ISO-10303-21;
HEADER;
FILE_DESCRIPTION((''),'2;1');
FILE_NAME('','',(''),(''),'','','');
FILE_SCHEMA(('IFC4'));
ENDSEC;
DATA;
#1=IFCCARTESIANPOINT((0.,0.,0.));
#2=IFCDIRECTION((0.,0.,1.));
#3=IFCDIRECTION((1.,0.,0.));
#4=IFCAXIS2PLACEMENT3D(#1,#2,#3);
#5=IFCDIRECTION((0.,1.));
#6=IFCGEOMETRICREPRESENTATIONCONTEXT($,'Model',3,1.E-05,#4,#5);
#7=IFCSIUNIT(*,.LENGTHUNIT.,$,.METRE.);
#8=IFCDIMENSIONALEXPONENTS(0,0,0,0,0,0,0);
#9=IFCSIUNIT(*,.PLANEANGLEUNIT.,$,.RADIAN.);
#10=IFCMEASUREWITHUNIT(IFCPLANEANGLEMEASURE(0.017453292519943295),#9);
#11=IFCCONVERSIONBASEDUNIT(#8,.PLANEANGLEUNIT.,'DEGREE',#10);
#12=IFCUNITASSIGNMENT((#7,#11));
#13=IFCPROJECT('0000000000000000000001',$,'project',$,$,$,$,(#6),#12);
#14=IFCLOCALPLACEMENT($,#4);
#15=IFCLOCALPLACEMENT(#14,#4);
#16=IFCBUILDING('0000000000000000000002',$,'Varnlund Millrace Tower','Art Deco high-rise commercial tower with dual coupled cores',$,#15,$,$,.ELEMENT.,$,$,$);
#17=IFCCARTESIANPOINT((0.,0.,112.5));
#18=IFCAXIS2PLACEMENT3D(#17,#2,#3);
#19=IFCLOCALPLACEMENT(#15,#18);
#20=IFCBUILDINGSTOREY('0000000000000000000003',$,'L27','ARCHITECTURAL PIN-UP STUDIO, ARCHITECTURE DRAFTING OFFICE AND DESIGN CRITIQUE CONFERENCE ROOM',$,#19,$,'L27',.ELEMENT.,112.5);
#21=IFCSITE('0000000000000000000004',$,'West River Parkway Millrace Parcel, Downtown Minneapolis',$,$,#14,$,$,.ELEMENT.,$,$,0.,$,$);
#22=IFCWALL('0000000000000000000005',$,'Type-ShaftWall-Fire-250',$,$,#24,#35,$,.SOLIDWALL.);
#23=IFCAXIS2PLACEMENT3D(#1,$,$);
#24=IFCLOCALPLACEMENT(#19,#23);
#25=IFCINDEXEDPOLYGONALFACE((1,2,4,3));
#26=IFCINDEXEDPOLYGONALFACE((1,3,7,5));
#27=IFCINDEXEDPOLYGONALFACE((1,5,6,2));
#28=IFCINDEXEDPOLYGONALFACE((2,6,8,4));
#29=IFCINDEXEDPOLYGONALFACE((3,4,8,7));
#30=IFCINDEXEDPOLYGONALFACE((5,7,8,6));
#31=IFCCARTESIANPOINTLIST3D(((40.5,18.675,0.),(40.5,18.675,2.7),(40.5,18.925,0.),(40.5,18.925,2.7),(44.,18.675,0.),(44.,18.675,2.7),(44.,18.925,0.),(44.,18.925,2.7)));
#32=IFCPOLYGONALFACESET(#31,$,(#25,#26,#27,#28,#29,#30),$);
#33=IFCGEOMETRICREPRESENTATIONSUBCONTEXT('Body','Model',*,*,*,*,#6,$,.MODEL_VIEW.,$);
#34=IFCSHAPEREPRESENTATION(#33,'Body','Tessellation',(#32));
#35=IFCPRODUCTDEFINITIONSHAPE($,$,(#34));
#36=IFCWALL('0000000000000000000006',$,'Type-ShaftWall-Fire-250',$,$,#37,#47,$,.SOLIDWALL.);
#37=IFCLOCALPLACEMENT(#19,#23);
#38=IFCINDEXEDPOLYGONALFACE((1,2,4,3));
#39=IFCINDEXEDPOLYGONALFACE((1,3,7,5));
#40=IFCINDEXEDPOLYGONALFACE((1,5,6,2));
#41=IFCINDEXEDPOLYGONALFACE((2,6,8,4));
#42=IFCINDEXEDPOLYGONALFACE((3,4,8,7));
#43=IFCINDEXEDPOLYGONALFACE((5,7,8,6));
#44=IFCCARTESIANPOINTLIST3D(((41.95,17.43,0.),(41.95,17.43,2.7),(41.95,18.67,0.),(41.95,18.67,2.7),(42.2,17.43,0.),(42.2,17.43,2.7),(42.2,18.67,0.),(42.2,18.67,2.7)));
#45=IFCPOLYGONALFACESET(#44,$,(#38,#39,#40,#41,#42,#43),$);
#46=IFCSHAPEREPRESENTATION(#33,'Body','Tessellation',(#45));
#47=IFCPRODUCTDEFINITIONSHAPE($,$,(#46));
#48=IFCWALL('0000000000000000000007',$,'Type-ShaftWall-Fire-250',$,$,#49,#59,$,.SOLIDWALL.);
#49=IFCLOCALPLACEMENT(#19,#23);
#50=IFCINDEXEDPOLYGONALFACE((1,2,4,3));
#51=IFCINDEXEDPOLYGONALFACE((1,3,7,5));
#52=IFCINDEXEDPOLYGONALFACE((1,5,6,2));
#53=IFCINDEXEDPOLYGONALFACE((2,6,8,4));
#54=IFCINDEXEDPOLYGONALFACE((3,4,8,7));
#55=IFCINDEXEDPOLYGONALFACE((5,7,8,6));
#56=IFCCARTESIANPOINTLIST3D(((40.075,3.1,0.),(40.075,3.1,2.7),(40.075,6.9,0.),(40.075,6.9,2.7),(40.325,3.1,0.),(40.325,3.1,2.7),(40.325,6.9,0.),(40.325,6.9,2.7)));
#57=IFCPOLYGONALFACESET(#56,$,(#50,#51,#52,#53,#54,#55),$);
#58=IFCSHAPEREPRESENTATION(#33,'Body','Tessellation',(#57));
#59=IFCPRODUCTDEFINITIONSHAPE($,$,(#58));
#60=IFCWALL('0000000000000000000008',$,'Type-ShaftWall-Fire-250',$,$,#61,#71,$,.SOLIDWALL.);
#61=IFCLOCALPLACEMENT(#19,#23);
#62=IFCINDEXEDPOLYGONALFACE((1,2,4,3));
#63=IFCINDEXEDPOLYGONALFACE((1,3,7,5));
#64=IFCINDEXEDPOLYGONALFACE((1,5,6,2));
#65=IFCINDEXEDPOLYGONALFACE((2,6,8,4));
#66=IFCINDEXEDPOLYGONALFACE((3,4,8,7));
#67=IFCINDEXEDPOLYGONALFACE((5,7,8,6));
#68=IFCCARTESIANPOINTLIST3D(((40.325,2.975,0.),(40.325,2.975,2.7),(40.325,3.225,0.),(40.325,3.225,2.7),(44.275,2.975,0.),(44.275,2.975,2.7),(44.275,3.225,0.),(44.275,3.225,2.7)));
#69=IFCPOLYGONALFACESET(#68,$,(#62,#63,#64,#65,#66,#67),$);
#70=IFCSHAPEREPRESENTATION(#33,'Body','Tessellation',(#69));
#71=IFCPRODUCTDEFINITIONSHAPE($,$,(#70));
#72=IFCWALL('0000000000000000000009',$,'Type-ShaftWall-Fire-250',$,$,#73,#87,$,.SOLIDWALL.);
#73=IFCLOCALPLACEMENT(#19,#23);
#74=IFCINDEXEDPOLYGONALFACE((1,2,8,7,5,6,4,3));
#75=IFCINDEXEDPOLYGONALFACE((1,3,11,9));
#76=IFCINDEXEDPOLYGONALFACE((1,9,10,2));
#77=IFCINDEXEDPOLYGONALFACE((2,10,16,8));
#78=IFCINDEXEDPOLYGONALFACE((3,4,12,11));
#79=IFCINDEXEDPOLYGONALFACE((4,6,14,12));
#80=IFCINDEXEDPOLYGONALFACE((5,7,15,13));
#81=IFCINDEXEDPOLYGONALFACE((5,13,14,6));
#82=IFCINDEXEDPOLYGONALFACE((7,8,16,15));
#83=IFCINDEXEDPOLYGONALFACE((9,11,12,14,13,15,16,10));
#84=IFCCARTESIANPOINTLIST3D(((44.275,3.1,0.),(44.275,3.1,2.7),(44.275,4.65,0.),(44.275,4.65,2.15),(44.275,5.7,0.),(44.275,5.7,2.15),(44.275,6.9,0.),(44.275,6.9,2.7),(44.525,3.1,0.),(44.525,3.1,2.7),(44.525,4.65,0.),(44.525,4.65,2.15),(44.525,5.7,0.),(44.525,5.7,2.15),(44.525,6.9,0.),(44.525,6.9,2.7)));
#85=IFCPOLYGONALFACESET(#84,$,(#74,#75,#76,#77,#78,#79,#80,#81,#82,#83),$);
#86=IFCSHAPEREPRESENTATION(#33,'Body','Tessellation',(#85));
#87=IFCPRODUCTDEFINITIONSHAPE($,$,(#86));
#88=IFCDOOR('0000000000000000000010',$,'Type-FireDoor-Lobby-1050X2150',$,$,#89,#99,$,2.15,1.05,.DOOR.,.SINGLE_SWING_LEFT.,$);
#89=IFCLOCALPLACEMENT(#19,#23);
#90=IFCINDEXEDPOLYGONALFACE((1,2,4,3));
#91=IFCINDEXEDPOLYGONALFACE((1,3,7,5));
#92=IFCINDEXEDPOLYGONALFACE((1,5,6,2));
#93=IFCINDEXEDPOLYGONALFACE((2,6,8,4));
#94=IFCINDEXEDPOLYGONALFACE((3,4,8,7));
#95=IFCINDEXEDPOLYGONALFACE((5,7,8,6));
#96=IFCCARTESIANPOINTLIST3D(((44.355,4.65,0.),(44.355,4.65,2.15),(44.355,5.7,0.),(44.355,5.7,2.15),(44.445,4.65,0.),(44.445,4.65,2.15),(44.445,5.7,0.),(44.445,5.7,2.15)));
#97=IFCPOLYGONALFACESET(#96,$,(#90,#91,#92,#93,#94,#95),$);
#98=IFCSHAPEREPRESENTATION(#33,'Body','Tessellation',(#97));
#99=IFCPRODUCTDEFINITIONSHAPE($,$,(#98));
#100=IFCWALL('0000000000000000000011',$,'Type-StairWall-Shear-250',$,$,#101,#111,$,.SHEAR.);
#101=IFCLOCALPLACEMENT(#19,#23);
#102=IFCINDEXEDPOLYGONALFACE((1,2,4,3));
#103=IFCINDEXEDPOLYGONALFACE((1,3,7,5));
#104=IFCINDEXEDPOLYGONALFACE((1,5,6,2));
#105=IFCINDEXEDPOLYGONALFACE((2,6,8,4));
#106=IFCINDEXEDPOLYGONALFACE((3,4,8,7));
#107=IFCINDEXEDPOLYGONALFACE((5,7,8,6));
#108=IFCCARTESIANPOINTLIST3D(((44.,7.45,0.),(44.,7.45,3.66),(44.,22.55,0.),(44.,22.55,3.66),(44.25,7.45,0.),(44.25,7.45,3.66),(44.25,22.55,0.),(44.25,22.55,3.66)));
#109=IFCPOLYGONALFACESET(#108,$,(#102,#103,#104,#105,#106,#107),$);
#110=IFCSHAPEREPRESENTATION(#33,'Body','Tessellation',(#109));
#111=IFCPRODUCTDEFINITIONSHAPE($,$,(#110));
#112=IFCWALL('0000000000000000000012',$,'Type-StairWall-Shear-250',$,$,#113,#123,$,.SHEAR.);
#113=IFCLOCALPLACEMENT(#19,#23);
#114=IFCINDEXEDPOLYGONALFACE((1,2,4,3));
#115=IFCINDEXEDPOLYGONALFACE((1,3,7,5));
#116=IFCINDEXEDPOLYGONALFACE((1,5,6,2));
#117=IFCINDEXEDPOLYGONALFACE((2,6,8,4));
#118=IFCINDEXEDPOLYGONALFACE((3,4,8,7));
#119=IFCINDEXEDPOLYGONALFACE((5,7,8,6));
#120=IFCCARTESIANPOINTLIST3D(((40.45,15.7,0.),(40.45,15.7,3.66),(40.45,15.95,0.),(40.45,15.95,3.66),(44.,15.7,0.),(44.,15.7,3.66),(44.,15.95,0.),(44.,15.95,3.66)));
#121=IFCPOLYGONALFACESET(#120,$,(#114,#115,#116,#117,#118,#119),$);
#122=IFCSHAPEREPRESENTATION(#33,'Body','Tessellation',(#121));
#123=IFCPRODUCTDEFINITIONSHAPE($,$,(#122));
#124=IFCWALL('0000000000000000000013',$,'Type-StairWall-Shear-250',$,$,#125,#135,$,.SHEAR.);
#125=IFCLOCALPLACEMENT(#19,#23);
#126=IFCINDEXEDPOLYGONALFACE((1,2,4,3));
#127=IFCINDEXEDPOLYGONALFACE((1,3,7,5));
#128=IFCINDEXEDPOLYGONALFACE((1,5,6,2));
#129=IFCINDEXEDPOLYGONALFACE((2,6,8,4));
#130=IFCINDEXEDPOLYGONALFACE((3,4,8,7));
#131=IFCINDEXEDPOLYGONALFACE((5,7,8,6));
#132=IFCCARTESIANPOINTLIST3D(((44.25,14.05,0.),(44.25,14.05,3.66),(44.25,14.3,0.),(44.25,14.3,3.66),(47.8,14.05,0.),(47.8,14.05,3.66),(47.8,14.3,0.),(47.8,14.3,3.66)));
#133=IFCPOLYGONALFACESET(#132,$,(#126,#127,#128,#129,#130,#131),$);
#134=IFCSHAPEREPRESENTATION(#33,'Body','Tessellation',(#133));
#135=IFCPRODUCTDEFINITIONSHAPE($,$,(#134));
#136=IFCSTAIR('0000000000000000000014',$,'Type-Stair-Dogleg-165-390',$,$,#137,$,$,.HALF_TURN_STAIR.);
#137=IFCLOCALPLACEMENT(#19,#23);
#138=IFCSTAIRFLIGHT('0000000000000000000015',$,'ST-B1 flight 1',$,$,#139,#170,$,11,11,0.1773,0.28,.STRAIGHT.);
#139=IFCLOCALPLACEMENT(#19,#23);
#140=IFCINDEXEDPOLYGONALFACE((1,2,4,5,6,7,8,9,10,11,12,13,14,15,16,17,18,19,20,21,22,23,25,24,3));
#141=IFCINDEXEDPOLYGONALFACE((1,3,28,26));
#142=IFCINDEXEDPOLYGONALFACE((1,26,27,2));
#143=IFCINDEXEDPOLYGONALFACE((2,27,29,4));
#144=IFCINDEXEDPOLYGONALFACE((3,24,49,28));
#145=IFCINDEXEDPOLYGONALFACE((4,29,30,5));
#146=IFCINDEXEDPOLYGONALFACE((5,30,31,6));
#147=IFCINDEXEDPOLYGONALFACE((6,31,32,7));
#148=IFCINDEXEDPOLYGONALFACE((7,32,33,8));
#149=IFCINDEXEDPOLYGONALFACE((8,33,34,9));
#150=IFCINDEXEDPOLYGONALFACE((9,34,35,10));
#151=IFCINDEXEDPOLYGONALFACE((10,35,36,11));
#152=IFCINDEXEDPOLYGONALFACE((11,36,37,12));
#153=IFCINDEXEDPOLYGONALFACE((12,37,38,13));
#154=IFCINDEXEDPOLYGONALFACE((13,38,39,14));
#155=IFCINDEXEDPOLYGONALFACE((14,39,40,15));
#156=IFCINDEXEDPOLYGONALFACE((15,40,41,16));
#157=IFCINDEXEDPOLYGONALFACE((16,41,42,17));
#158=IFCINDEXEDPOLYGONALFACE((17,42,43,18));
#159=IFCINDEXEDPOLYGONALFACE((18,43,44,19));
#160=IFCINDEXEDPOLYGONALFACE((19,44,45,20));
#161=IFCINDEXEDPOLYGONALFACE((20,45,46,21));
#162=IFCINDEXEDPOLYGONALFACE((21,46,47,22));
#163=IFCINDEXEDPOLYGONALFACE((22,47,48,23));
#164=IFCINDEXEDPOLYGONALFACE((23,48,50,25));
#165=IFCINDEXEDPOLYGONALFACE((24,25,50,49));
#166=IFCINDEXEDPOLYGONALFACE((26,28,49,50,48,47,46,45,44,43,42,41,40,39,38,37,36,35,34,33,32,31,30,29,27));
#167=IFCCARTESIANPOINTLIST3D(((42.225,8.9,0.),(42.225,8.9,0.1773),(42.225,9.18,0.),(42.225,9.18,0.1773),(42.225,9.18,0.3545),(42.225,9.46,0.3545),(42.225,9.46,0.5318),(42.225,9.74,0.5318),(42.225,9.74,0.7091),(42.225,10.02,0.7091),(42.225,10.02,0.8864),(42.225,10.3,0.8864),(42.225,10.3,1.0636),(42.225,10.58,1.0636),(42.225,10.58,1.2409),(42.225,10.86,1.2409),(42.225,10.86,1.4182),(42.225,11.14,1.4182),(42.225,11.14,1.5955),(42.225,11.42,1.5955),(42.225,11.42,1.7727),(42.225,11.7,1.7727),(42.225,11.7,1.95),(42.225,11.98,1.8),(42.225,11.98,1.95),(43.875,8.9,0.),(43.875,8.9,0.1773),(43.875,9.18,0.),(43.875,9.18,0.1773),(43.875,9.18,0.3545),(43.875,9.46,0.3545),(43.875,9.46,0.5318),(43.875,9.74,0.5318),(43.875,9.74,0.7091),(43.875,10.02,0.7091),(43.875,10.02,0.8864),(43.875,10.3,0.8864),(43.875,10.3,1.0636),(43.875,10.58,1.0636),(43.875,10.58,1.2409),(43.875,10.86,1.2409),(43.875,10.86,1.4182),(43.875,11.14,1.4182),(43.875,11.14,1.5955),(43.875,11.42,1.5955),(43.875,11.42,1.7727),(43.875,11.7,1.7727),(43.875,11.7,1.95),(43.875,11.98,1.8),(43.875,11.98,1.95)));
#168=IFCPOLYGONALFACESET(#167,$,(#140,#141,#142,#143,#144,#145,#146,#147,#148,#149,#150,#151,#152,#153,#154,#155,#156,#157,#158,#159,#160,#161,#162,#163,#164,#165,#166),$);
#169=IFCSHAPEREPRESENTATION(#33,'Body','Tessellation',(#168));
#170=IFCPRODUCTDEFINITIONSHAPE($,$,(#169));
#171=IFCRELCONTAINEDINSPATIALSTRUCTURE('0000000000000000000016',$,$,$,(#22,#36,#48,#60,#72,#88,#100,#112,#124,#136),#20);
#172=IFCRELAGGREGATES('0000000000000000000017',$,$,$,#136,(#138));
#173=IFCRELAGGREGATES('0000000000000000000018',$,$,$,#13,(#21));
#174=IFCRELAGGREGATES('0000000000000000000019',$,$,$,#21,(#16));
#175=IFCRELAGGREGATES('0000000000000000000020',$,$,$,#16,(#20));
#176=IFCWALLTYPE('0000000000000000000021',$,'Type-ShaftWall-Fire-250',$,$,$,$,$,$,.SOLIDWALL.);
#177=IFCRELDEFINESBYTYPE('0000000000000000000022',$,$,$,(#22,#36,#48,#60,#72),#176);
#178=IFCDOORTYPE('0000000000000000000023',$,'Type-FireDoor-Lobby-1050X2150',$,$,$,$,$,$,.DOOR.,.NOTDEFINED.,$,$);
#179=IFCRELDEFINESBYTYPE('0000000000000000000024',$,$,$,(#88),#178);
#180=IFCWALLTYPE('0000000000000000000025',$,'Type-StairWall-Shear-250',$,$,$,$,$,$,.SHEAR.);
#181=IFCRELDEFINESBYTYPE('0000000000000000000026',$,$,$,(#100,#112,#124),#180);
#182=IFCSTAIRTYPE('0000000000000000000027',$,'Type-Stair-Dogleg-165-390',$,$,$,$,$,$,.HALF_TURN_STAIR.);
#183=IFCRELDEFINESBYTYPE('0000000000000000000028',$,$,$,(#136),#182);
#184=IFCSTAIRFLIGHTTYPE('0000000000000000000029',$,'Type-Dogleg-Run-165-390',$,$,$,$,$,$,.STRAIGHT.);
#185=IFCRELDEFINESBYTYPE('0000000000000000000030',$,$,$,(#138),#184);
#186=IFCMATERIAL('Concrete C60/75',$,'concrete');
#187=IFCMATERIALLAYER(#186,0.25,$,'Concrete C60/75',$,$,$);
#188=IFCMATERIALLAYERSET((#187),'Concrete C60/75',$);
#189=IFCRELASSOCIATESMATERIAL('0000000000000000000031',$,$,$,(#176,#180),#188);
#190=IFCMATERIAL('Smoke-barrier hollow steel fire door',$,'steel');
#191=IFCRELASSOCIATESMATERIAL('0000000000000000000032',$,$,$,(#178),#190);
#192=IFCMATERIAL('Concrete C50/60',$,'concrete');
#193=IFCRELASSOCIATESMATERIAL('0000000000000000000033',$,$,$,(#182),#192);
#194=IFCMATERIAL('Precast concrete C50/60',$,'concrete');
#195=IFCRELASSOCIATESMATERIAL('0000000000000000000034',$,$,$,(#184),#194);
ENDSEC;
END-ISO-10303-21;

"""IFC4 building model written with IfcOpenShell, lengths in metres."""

from ifc_helpers import new_model, entity, si_unit, converted_unit, direction, frame, origin_with_axes, origin_2d_with_axis, place, context, subcontext, project, spatial, polyline, rectangle, outline, extrude, material, layer, layer_set, type_object, element, fill, aggregate, save


model = new_model("IFC4")

# Units and contexts
model_context = context("Model", 3, precision=1e-05, world=origin_with_axes(), true_north=direction((0.0, 1.0)))
body_context = subcontext(model_context, "Body", "Model", "MODEL_VIEW")
ifc_project = project(units=[si_unit("LENGTHUNIT", "METRE"), converted_unit("PLANEANGLEUNIT", "DEGREE", entity("IfcPlaneAngleMeasure", 0.017453292519943295), si_unit("PLANEANGLEUNIT", "RADIAN"), dimensions=[0, 0, 0, 0, 0, 0, 0])], contexts=[model_context])

# Site, building, storey
site_placement = place(None, origin_with_axes())
site = spatial("IfcSite", under=ifc_project, at=site_placement, Name="West River Parkway Millrace Parcel, Downtown Minneapolis", CompositionType="ELEMENT", RefElevation=0.0)
building_placement = place(site_placement, origin_with_axes())
building = spatial("IfcBuilding", under=site, at=building_placement, Name="Varnlund Millrace Tower", Description="Art Deco high-rise commercial tower with dual coupled cores", CompositionType="ELEMENT")
storey_placement = place(building_placement, frame((0.0, 0.0, 112.5), z_axis=(0.0, 0.0, 1.0), x_axis=(1.0, 0.0, 0.0)))
storey = spatial("IfcBuildingStorey", under=building, at=storey_placement, Name="L27", Description="ARCHITECTURAL PIN-UP STUDIO, ARCHITECTURE DRAFTING OFFICE AND DESIGN CRITIQUE CONFERENCE ROOM", LongName="L27", CompositionType="ELEMENT", Elevation=112.5)

# Walls
ifc_material_1 = material(Name="Concrete C60/75", Category="concrete")
ifc_layer_1 = layer(ifc_material_1, 0.25, Name="Concrete C60/75")
ifc_layer_set_1 = layer_set([ifc_layer_1], Name="Concrete C60/75")
wall_type_1 = type_object("IfcWallType", Name="Type-ShaftWall-Fire-250", PredefinedType="SOLIDWALL", material=ifc_layer_set_1)
for number, where, z_axis, x_axis, name in (
    (1, (40.5, 18.8, 0.0), (0.0, 0.0, 1.0), (1.0, 0.0, 0.0), "Type-ShaftWall-Fire-250"),
):
    element("IfcWall", number, at=place(storey_placement, frame(where, z_axis=z_axis, x_axis=x_axis)), inside=storey, type_object=wall_type_1, Name=name, PredefinedType="SOLIDWALL", context=body_context, shape_type="SweptSolid", body=[
        extrude(outline(polyline([(0.0, -0.125), (3.5, -0.125), (3.5, 0.125), (0.0, 0.125), (0.0, -0.125)])), origin_with_axes(), (0.0, 0.0, 1.0), 2.7),
    ])
wall_1_placement = place(storey_placement, frame((42.075, 17.43, 0.0), z_axis=(0.0, 0.0, 1.0), x_axis=(0.0, 1.0, 0.0)))
element("IfcWall", 2, at=wall_1_placement, inside=storey, type_object=wall_type_1, Name="Type-ShaftWall-Fire-250", PredefinedType="SOLIDWALL", context=body_context, shape_type="SweptSolid", body=[
    extrude(outline(polyline([(0.0, -0.125), (1.24, -0.125), (1.24, 0.125), (0.0, 0.125), (0.0, -0.125)])), origin_with_axes(), (0.0, 0.0, 1.0), 2.7),
])
wall_2_placement = place(storey_placement, frame((40.2, 3.1, 0.0), z_axis=(0.0, 0.0, 1.0), x_axis=(0.0, 1.0, 0.0)))
element("IfcWall", 3, at=wall_2_placement, inside=storey, type_object=wall_type_1, Name="Type-ShaftWall-Fire-250", PredefinedType="SOLIDWALL", context=body_context, shape_type="SweptSolid", body=[
    extrude(outline(polyline([(0.0, -0.125), (3.8, -0.125), (3.8, 0.125), (0.0, 0.125), (0.0, -0.125)])), origin_with_axes(), (0.0, 0.0, 1.0), 2.7),
])
wall_3_placement = place(storey_placement, frame((40.325, 3.1, 0.0), z_axis=(0.0, 0.0, 1.0), x_axis=(1.0, 0.0, 0.0)))
element("IfcWall", 4, at=wall_3_placement, inside=storey, type_object=wall_type_1, Name="Type-ShaftWall-Fire-250", PredefinedType="SOLIDWALL", context=body_context, shape_type="SweptSolid", body=[
    extrude(outline(polyline([(0.0, -0.125), (3.95, -0.125), (3.95, 0.125), (0.0, 0.125), (0.0, -0.125)])), origin_with_axes(), (0.0, 0.0, 1.0), 2.7),
])

# Wall, opening, door
wall_4_placement = place(storey_placement, frame((44.4, 3.1, 0.0), z_axis=(0.0, 0.0, 1.0), x_axis=(0.0, 1.0, 0.0)))
wall_4 = element("IfcWall", 5, at=wall_4_placement, inside=storey, type_object=wall_type_1, Name="Type-ShaftWall-Fire-250", PredefinedType="SOLIDWALL", context=body_context, shape_type="SweptSolid", body=[
    extrude(outline(polyline([(0.0, -0.125), (3.8, -0.125), (3.8, 0.125), (0.0, 0.125), (0.0, -0.125)])), origin_with_axes(), (0.0, 0.0, 1.0), 2.7),
])
opening_1_placement = place(wall_4_placement, frame((2.075, 0.0, 0.0), z_axis=(0.0, 0.0, 1.0), x_axis=(1.0, 0.0, 0.0)))
opening_1 = element("IfcOpeningElement", 6, at=opening_1_placement, cuts=wall_4, PredefinedType="OPENING", context=body_context, shape_type="SweptSolid", body=[
    extrude(rectangle(XDim=1.05, YDim=0.27, at=origin_2d_with_axis()), origin_with_axes(), (0.0, 0.0, 1.0), 2.15),
])
ifc_material_2 = material(Name="Smoke-barrier hollow steel fire door", Category="steel")
door_type_1 = type_object("IfcDoorType", Name="Type-FireDoor-Lobby-1050X2150", OperationType="NOTDEFINED", PredefinedType="DOOR", material=ifc_material_2)
door_1_placement = place(wall_4_placement, frame((2.075, 0.0, 0.0), z_axis=(0.0, 0.0, 1.0), x_axis=(1.0, 0.0, 0.0)))
door_1 = element("IfcDoor", 7, at=door_1_placement, inside=storey, type_object=door_type_1, Name="Type-FireDoor-Lobby-1050X2150", OperationType="SINGLE_SWING_LEFT", OverallHeight=2.15, OverallWidth=1.05, PredefinedType="DOOR", context=body_context, shape_type="SweptSolid", body=[
    extrude(rectangle(XDim=1.05, YDim=0.09, at=origin_2d_with_axis()), origin_with_axes(), (0.0, 0.0, 1.0), 2.15),
])
fill(opening_1, door_1)

# Walls
wall_type_2 = type_object("IfcWallType", Name="Type-StairWall-Shear-250", PredefinedType="SHEAR", material=ifc_layer_set_1)
wall_5_placement = place(storey_placement, frame((44.125, 7.45, 0.0), z_axis=(0.0, 0.0, 1.0), x_axis=(0.0, 1.0, 0.0)))
element("IfcWall", 8, at=wall_5_placement, inside=storey, type_object=wall_type_2, Name="Type-StairWall-Shear-250", PredefinedType="SHEAR", context=body_context, shape_type="SweptSolid", body=[
    extrude(outline(polyline([(0.0, -0.125), (15.1, -0.125), (15.1, 0.125), (0.0, 0.125), (0.0, -0.125)])), origin_with_axes(), (0.0, 0.0, 1.0), 3.66),
])
for number, where, z_axis, x_axis, name in (
    (9, (40.45, 15.825, 0.0), (0.0, 0.0, 1.0), (1.0, 0.0, 0.0), "Type-StairWall-Shear-250"),
    (10, (44.25, 14.175, 0.0), (0.0, 0.0, 1.0), (1.0, 0.0, 0.0), "Type-StairWall-Shear-250"),
):
    element("IfcWall", number, at=place(storey_placement, frame(where, z_axis=z_axis, x_axis=x_axis)), inside=storey, type_object=wall_type_2, Name=name, PredefinedType="SHEAR", context=body_context, shape_type="SweptSolid", body=[
        extrude(outline(polyline([(0.0, -0.125), (3.55, -0.125), (3.55, 0.125), (0.0, 0.125), (0.0, -0.125)])), origin_with_axes(), (0.0, 0.0, 1.0), 3.66),
    ])

# Stair, stair flight
ifc_material_3 = material(Name="Concrete C50/60", Category="concrete")
stair_type = type_object("IfcStairType", Name="Type-Stair-Dogleg-165-390", PredefinedType="HALF_TURN_STAIR", material=ifc_material_3)
stair_1_placement = place(storey_placement, origin_with_axes())
stair_1 = element("IfcStair", 11, at=stair_1_placement, inside=storey, type_object=stair_type, Name="Type-Stair-Dogleg-165-390", PredefinedType="HALF_TURN_STAIR")
ifc_material_4 = material(Name="Precast concrete C50/60", Category="concrete")
stair_flight_type = type_object("IfcStairFlightType", Name="Type-Dogleg-Run-165-390", PredefinedType="STRAIGHT", material=ifc_material_4)
stair_flight_1_placement = place(storey_placement, frame((42.225, 8.9, 0.0), z_axis=(1.0, 0.0, 0.0), x_axis=(0.0, 1.0, 0.0)))
stair_flight_1 = element("IfcStairFlight", 12, at=stair_flight_1_placement, type_object=stair_flight_type, Name="ST-B1 flight 1", NumberOfRisers=11, NumberOfTreads=11, PredefinedType="STRAIGHT", RiserHeight=0.1773, TreadLength=0.28, context=body_context, shape_type="SweptSolid", body=[
    extrude(outline(polyline([(0.0, 0.0), (0.0, 0.1773), (0.28, 0.1773), (0.28, 0.3545), (0.56, 0.3545), (0.56, 0.5318), (0.84, 0.5318), (0.84, 0.7091), (1.12, 0.7091), (1.12, 0.8864), (1.4, 0.8864), (1.4, 1.0636), (1.68, 1.0636), (1.68, 1.2409), (1.96, 1.2409), (1.96, 1.4182), (2.24, 1.4182), (2.24, 1.5955), (2.52, 1.5955), (2.52, 1.7727), (2.8, 1.7727), (2.8, 1.95), (3.08, 1.95), (3.08, 1.8), (0.28, 0.0), (0.0, 0.0)])), origin_with_axes(), (0.0, 0.0, 1.0), 1.65),
])
aggregate(stair_1, [stair_flight_1])

save(model, "model.ifc")
